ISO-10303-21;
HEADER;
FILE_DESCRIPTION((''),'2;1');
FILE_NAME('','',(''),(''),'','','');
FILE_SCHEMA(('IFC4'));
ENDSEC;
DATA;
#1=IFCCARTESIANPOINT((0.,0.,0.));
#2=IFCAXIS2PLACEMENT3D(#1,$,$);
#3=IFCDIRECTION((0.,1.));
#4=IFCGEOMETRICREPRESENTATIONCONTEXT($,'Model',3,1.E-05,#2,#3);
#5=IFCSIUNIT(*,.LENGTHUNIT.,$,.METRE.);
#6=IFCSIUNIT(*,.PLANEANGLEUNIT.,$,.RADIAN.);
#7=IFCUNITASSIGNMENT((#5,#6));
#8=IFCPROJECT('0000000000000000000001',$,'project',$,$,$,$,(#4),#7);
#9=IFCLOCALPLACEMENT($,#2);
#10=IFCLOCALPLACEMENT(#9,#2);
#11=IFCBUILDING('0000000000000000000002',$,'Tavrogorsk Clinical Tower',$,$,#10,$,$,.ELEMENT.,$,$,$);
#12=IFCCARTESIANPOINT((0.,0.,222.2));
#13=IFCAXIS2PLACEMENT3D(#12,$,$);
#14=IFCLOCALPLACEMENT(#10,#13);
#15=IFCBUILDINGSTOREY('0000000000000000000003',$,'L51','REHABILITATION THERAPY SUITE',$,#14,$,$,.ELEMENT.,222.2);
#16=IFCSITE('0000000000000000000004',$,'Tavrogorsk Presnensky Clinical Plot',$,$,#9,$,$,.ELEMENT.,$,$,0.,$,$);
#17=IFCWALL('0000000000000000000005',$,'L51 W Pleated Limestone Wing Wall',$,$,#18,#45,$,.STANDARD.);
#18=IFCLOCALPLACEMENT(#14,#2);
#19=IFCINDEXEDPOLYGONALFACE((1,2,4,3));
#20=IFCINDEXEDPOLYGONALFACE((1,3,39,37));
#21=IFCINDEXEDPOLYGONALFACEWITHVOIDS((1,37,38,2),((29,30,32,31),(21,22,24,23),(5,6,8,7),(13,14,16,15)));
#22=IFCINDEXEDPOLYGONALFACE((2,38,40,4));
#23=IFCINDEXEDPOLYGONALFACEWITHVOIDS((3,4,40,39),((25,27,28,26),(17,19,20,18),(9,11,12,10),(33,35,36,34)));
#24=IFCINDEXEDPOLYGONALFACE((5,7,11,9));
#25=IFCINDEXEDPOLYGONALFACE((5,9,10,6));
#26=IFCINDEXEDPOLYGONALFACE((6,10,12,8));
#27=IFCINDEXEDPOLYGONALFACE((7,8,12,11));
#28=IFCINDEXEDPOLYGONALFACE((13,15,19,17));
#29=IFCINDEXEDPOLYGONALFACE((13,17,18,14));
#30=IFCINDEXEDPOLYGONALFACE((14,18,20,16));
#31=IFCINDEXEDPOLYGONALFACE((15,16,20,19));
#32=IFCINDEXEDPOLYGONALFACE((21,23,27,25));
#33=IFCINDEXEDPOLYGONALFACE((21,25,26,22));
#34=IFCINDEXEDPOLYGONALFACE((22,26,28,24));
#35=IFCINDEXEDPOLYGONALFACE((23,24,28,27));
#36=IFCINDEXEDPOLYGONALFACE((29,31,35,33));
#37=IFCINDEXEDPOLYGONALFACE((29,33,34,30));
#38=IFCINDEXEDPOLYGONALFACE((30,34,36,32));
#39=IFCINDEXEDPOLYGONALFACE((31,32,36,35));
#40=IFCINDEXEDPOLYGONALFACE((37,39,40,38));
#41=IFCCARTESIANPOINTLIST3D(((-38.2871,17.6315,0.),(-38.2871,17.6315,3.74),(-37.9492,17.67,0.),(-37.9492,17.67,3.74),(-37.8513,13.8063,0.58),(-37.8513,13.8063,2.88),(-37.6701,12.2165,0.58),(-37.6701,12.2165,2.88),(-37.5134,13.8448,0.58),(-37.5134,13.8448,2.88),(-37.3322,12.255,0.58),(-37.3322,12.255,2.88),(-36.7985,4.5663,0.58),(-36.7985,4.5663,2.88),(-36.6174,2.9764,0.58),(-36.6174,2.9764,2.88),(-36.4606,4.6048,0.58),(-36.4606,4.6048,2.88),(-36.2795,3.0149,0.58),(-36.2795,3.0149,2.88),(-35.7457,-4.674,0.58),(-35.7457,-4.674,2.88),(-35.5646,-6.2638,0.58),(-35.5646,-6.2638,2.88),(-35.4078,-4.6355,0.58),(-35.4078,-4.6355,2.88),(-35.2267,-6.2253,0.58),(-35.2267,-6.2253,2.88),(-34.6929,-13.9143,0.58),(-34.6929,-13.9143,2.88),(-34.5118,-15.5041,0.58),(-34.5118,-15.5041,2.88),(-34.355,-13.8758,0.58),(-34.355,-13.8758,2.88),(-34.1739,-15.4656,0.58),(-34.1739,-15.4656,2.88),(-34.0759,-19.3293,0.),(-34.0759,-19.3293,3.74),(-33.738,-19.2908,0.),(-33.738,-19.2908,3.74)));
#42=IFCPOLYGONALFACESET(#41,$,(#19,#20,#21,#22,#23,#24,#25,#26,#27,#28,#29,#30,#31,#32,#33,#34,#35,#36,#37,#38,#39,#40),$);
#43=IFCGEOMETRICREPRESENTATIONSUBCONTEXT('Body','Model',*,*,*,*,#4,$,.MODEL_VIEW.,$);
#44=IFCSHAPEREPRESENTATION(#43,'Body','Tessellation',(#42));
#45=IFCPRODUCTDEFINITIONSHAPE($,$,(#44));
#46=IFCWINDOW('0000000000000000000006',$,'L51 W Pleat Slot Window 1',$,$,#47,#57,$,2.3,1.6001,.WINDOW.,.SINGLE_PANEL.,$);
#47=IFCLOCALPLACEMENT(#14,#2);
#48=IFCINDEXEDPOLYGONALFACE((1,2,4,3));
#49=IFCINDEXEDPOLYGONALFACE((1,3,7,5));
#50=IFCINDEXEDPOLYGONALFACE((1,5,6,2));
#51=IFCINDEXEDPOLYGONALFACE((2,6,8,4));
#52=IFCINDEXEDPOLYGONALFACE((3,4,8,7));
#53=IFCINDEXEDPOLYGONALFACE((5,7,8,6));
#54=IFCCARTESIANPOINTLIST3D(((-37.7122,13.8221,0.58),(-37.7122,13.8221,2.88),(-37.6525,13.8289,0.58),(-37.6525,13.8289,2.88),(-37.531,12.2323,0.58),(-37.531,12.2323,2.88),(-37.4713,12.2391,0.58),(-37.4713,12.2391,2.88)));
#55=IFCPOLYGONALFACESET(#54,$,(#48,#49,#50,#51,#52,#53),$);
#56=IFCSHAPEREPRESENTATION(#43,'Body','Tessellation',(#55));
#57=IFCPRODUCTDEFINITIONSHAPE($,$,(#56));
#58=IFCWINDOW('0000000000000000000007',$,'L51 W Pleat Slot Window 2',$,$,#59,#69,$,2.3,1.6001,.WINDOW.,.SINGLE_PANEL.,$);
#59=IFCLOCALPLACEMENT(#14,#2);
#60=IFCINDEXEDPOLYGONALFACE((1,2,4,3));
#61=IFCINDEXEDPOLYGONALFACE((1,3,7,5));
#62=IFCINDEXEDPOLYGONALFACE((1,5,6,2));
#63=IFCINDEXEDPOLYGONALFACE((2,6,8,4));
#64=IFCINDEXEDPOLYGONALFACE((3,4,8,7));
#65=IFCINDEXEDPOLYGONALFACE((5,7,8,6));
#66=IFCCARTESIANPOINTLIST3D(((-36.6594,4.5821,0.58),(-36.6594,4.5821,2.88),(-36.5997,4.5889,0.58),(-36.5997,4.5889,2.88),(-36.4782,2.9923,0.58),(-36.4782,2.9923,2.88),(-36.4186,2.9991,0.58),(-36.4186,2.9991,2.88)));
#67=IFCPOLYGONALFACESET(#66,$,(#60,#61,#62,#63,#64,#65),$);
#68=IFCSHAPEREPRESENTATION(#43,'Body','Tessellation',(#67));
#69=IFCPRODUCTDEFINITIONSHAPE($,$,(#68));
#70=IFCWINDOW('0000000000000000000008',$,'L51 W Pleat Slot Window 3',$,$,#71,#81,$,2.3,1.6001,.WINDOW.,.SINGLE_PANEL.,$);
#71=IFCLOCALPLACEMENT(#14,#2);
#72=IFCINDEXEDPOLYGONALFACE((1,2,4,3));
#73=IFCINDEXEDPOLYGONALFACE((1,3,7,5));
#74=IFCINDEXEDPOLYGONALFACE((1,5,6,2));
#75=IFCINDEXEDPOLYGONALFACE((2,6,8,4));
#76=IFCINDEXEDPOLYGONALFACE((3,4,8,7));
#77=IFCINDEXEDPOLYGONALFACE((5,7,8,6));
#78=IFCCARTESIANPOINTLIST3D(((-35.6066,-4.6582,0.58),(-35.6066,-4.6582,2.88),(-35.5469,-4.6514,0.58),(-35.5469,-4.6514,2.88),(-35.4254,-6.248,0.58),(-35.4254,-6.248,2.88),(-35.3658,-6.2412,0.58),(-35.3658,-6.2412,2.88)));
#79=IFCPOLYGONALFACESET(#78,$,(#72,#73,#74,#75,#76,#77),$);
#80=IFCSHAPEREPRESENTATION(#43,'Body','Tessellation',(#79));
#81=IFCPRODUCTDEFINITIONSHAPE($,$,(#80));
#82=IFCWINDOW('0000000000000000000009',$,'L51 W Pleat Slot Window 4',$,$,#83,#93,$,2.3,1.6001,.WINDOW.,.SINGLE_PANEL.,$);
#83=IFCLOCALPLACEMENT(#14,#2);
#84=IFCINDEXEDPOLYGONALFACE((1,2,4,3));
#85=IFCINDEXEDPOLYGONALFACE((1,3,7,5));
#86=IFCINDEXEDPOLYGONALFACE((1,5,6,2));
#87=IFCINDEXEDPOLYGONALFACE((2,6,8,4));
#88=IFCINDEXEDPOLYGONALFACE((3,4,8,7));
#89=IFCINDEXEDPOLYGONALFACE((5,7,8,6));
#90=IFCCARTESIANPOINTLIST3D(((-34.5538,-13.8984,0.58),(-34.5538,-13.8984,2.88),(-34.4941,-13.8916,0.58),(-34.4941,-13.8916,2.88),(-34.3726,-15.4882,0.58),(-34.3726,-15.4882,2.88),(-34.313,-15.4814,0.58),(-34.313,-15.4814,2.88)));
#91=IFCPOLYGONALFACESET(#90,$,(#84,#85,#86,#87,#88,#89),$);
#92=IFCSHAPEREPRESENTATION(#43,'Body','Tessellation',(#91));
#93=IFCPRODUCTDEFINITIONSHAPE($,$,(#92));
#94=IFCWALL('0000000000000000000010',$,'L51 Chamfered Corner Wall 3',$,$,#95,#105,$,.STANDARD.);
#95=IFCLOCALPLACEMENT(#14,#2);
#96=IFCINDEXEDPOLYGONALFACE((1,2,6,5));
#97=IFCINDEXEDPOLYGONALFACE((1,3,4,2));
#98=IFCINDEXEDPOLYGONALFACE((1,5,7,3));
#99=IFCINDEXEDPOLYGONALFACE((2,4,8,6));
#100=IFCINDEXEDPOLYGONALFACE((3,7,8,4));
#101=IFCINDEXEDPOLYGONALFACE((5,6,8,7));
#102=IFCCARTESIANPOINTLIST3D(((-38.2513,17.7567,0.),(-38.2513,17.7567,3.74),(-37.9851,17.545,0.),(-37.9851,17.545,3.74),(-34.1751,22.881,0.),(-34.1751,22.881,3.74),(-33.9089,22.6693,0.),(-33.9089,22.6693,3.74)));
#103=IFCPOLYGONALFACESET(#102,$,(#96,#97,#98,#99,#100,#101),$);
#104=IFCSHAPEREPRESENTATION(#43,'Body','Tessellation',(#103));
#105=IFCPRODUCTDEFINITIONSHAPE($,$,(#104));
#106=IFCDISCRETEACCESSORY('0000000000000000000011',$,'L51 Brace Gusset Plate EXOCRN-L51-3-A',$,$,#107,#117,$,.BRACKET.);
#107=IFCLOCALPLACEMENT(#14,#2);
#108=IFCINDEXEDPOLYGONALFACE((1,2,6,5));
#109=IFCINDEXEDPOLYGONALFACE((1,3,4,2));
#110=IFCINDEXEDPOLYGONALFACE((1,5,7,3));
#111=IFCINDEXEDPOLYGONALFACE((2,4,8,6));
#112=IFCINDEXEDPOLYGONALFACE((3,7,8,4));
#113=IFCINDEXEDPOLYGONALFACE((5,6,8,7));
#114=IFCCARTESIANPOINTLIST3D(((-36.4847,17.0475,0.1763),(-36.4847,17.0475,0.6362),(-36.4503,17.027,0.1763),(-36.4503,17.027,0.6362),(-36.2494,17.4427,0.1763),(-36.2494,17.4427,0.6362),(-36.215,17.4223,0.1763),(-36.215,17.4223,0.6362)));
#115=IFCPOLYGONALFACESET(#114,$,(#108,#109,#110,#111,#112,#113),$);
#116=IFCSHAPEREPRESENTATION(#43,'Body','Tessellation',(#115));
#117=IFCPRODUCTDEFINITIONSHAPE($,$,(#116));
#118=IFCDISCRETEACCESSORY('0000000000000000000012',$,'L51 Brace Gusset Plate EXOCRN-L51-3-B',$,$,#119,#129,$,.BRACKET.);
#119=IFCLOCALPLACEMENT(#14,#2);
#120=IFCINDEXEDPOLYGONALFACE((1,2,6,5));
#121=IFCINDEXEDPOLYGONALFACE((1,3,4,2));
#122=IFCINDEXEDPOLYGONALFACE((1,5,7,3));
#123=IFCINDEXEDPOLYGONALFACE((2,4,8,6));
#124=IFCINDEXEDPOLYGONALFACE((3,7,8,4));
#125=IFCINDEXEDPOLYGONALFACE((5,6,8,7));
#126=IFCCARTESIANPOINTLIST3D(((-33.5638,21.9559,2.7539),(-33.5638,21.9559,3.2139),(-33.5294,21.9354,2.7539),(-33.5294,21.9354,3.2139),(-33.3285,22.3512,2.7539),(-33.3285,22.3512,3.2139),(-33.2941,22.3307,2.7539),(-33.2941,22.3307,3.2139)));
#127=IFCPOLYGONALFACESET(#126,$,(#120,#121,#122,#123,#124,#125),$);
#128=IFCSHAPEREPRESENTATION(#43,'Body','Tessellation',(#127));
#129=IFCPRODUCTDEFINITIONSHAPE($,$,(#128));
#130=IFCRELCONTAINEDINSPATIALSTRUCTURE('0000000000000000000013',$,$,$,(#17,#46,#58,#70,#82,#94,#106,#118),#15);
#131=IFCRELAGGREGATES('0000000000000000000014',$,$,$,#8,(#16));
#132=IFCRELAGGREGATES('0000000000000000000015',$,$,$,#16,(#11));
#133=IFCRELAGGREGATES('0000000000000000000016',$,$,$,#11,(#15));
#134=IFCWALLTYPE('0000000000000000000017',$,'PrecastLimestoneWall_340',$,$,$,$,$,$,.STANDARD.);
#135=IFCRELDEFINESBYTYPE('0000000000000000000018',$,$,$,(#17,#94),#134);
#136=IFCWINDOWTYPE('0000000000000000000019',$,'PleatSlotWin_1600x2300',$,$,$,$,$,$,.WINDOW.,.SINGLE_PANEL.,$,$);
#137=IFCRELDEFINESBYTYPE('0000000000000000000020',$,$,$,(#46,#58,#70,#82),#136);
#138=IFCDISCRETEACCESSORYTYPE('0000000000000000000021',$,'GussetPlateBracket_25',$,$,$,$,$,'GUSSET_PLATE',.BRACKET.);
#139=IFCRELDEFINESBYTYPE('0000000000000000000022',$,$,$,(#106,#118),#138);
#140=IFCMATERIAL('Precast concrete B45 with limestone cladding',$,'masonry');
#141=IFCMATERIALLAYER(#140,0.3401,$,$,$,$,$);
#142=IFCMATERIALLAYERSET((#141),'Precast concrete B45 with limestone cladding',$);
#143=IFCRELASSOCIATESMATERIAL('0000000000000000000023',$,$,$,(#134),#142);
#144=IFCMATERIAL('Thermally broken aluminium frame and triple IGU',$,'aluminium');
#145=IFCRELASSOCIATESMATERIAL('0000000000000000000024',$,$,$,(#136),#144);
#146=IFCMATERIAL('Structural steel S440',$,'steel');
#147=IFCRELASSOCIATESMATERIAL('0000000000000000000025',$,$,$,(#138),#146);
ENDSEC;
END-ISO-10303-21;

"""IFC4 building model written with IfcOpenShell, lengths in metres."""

from ifc_helpers import new_model, si_unit, direction, frame, frame_2d, origin, origin_2d, place, context, subcontext, project, spatial, rectangle, extrude, material, layer, layer_set, type_object, element, fill, save


model = new_model("IFC4")

# Units and contexts
model_context = context("Model", 3, precision=1e-05, world=origin(), true_north=direction((0.0, 1.0)))
body_context = subcontext(model_context, "Body", "Model", "MODEL_VIEW")
ifc_project = project(units=[si_unit("LENGTHUNIT", "METRE"), si_unit("PLANEANGLEUNIT", "RADIAN")], contexts=[model_context])

# Site, building, storey
site_placement = place(None, origin())
site = spatial("IfcSite", under=ifc_project, at=site_placement, Name="Tavrogorsk Presnensky Clinical Plot", CompositionType="ELEMENT", RefElevation=0.0)
building_placement = place(site_placement, origin())
building = spatial("IfcBuilding", under=site, at=building_placement, Name="Tavrogorsk Clinical Tower", CompositionType="ELEMENT")
storey_placement = place(building_placement, frame((0.0, 0.0, 222.2)))
storey = spatial("IfcBuildingStorey", under=building, at=storey_placement, Name="L51", Description="REHABILITATION THERAPY SUITE", CompositionType="ELEMENT", Elevation=222.2)

# Wall, openings, windows
ifc_material_1 = material(Name="Precast concrete B45 with limestone cladding", Category="masonry")
ifc_layer_1 = layer(ifc_material_1, 0.3401)
ifc_layer_set_1 = layer_set([ifc_layer_1], Name="Precast concrete B45 with limestone cladding")
wall_type_1 = type_object("IfcWallType", Name="PrecastLimestoneWall_340", PredefinedType="STANDARD", material=ifc_layer_set_1)
wall_1_placement = place(storey_placement, frame((-38.1182, 17.6509, 0.0), z_axis=(0.0, 0.0, 1.0), x_axis=(0.113204, -0.993572, 0.0)))
wall_1 = element("IfcWall", 1, at=wall_1_placement, inside=storey, type_object=wall_type_1, Name="L51 W Pleated Limestone Wing Wall", PredefinedType="STANDARD", context=body_context, shape_type="SweptSolid", body=[
    extrude(rectangle(XDim=37.2, YDim=0.3401, at=frame_2d((18.6001, 0.0))), origin(), (0.0, 0.0, 1.0), 3.74),
])
opening_1_placement = place(wall_1_placement, frame((3.8501, 0.0, 0.5801)))
opening_1 = element("IfcOpeningElement", 2, at=opening_1_placement, cuts=wall_1, PredefinedType="OPENING", context=body_context, shape_type="SweptSolid", body=[
    extrude(rectangle(XDim=1.6001, YDim=2.3, at=frame_2d((0.8, 1.1499))), frame((0.0, 0.1799, 0.0), z_axis=(0.0, -1.0, 0.0), x_axis=(1.0, 0.0, 0.0)), (0.0, 0.0, 1.0), 0.3601),
])
opening_2_placement = place(wall_1_placement, frame((13.1499, 0.0, 0.5801)))
opening_2 = element("IfcOpeningElement", 3, at=opening_2_placement, cuts=wall_1, PredefinedType="OPENING", context=body_context, shape_type="SweptSolid", body=[
    extrude(rectangle(XDim=1.6001, YDim=2.3, at=frame_2d((0.8, 1.1499))), frame((0.0, 0.1799, 0.0), z_axis=(0.0, -1.0, 0.0), x_axis=(1.0, 0.0, 0.0)), (0.0, 0.0, 1.0), 0.3601),
])
opening_3_placement = place(wall_1_placement, frame((22.45, 0.0, 0.5801)))
opening_3 = element("IfcOpeningElement", 4, at=opening_3_placement, cuts=wall_1, PredefinedType="OPENING", context=body_context, shape_type="SweptSolid", body=[
    extrude(rectangle(XDim=1.6001, YDim=2.3, at=frame_2d((0.8, 1.1499))), frame((0.0, 0.1799, 0.0), z_axis=(0.0, -1.0, 0.0), x_axis=(1.0, 0.0, 0.0)), (0.0, 0.0, 1.0), 0.3601),
])
opening_4_placement = place(wall_1_placement, frame((31.75, 0.0, 0.5801)))
opening_4 = element("IfcOpeningElement", 5, at=opening_4_placement, cuts=wall_1, PredefinedType="OPENING", context=body_context, shape_type="SweptSolid", body=[
    extrude(rectangle(XDim=1.6001, YDim=2.3, at=frame_2d((0.8, 1.1499))), frame((0.0, 0.1799, 0.0), z_axis=(0.0, -1.0, 0.0), x_axis=(1.0, 0.0, 0.0)), (0.0, 0.0, 1.0), 0.3601),
])
ifc_material_2 = material(Name="Thermally broken aluminium frame and triple IGU", Category="aluminium")
window_type = type_object("IfcWindowType", Name="PleatSlotWin_1600x2300", PartitioningType="SINGLE_PANEL", PredefinedType="WINDOW", material=ifc_material_2)
window_1_placement = place(opening_1_placement, origin())
window_1 = element("IfcWindow", 6, at=window_1_placement, inside=storey, type_object=window_type, Name="L51 W Pleat Slot Window 1", OverallHeight=2.3, OverallWidth=1.6001, PartitioningType="SINGLE_PANEL", PredefinedType="WINDOW", context=body_context, shape_type="SweptSolid", body=[
    extrude(rectangle(XDim=1.6001, YDim=2.3, at=frame_2d((0.8, 1.1499))), frame((0.0, 0.03, 0.0), z_axis=(0.0, -1.0, 0.0), x_axis=(1.0, 0.0, 0.0)), (0.0, 0.0, 1.0), 0.0601),
])
fill(opening_1, window_1)
window_2_placement = place(opening_2_placement, origin())
window_2 = element("IfcWindow", 7, at=window_2_placement, inside=storey, type_object=window_type, Name="L51 W Pleat Slot Window 2", OverallHeight=2.3, OverallWidth=1.6001, PartitioningType="SINGLE_PANEL", PredefinedType="WINDOW", context=body_context, shape_type="SweptSolid", body=[
    extrude(rectangle(XDim=1.6001, YDim=2.3, at=frame_2d((0.8, 1.1499))), frame((0.0, 0.03, 0.0), z_axis=(0.0, -1.0, 0.0), x_axis=(1.0, 0.0, 0.0)), (0.0, 0.0, 1.0), 0.0601),
])
fill(opening_2, window_2)
window_3_placement = place(opening_3_placement, origin())
window_3 = element("IfcWindow", 8, at=window_3_placement, inside=storey, type_object=window_type, Name="L51 W Pleat Slot Window 3", OverallHeight=2.3, OverallWidth=1.6001, PartitioningType="SINGLE_PANEL", PredefinedType="WINDOW", context=body_context, shape_type="SweptSolid", body=[
    extrude(rectangle(XDim=1.6001, YDim=2.3, at=frame_2d((0.8, 1.1499))), frame((0.0, 0.03, 0.0), z_axis=(0.0, -1.0, 0.0), x_axis=(1.0, 0.0, 0.0)), (0.0, 0.0, 1.0), 0.0601),
])
fill(opening_3, window_3)
window_4_placement = place(opening_4_placement, origin())
window_4 = element("IfcWindow", 9, at=window_4_placement, inside=storey, type_object=window_type, Name="L51 W Pleat Slot Window 4", OverallHeight=2.3, OverallWidth=1.6001, PartitioningType="SINGLE_PANEL", PredefinedType="WINDOW", context=body_context, shape_type="SweptSolid", body=[
    extrude(rectangle(XDim=1.6001, YDim=2.3, at=frame_2d((0.8, 1.1499))), frame((0.0, 0.03, 0.0), z_axis=(0.0, -1.0, 0.0), x_axis=(1.0, 0.0, 0.0)), (0.0, 0.0, 1.0), 0.0601),
])
fill(opening_4, window_4)

# Wall
wall_2_placement = place(storey_placement, frame((-34.042, 22.7751, 0.0), z_axis=(0.0, 0.0, 1.0), x_axis=(-0.622528, -0.782597, 0.0)))
element("IfcWall", 10, at=wall_2_placement, inside=storey, type_object=wall_type_1, Name="L51 Chamfered Corner Wall 3", PredefinedType="STANDARD", context=body_context, shape_type="SweptSolid", body=[
    extrude(rectangle(XDim=6.5479, YDim=0.3401, at=frame_2d((3.2739, 0.0))), origin(), (0.0, 0.0, 1.0), 3.74),
])

# Discrete accessories
ifc_material_3 = material(Name="Structural steel S440", Category="steel")
discrete_accessory_type = type_object("IfcDiscreteAccessoryType", Name="GussetPlateBracket_25", ElementType="GUSSET_PLATE", PredefinedType="BRACKET", material=ifc_material_3)
for number, where, z_axis, x_axis, name in (
    (11, (-36.3499, 17.2349, 0.1763), (0.0, 0.0, 1.0), (0.511443, 0.859317, 0.0), "L51 Brace Gusset Plate EXOCRN-L51-3-A"),
    (12, (-33.429, 22.1433, 2.7539), (0.0, 0.0, 1.0), (0.511443, 0.859317, 0.0), "L51 Brace Gusset Plate EXOCRN-L51-3-B"),
):
    element("IfcDiscreteAccessory", number, at=place(storey_placement, frame(where, z_axis=z_axis, x_axis=x_axis)), inside=storey, type_object=discrete_accessory_type, Name=name, PredefinedType="BRACKET", context=body_context, shape_type="SweptSolid", body=[
        extrude(rectangle(XDim=0.46, YDim=0.04, at=origin_2d()), origin(), (0.0, 0.0, 1.0), 0.46),
    ])

save(model, "model.ifc")
